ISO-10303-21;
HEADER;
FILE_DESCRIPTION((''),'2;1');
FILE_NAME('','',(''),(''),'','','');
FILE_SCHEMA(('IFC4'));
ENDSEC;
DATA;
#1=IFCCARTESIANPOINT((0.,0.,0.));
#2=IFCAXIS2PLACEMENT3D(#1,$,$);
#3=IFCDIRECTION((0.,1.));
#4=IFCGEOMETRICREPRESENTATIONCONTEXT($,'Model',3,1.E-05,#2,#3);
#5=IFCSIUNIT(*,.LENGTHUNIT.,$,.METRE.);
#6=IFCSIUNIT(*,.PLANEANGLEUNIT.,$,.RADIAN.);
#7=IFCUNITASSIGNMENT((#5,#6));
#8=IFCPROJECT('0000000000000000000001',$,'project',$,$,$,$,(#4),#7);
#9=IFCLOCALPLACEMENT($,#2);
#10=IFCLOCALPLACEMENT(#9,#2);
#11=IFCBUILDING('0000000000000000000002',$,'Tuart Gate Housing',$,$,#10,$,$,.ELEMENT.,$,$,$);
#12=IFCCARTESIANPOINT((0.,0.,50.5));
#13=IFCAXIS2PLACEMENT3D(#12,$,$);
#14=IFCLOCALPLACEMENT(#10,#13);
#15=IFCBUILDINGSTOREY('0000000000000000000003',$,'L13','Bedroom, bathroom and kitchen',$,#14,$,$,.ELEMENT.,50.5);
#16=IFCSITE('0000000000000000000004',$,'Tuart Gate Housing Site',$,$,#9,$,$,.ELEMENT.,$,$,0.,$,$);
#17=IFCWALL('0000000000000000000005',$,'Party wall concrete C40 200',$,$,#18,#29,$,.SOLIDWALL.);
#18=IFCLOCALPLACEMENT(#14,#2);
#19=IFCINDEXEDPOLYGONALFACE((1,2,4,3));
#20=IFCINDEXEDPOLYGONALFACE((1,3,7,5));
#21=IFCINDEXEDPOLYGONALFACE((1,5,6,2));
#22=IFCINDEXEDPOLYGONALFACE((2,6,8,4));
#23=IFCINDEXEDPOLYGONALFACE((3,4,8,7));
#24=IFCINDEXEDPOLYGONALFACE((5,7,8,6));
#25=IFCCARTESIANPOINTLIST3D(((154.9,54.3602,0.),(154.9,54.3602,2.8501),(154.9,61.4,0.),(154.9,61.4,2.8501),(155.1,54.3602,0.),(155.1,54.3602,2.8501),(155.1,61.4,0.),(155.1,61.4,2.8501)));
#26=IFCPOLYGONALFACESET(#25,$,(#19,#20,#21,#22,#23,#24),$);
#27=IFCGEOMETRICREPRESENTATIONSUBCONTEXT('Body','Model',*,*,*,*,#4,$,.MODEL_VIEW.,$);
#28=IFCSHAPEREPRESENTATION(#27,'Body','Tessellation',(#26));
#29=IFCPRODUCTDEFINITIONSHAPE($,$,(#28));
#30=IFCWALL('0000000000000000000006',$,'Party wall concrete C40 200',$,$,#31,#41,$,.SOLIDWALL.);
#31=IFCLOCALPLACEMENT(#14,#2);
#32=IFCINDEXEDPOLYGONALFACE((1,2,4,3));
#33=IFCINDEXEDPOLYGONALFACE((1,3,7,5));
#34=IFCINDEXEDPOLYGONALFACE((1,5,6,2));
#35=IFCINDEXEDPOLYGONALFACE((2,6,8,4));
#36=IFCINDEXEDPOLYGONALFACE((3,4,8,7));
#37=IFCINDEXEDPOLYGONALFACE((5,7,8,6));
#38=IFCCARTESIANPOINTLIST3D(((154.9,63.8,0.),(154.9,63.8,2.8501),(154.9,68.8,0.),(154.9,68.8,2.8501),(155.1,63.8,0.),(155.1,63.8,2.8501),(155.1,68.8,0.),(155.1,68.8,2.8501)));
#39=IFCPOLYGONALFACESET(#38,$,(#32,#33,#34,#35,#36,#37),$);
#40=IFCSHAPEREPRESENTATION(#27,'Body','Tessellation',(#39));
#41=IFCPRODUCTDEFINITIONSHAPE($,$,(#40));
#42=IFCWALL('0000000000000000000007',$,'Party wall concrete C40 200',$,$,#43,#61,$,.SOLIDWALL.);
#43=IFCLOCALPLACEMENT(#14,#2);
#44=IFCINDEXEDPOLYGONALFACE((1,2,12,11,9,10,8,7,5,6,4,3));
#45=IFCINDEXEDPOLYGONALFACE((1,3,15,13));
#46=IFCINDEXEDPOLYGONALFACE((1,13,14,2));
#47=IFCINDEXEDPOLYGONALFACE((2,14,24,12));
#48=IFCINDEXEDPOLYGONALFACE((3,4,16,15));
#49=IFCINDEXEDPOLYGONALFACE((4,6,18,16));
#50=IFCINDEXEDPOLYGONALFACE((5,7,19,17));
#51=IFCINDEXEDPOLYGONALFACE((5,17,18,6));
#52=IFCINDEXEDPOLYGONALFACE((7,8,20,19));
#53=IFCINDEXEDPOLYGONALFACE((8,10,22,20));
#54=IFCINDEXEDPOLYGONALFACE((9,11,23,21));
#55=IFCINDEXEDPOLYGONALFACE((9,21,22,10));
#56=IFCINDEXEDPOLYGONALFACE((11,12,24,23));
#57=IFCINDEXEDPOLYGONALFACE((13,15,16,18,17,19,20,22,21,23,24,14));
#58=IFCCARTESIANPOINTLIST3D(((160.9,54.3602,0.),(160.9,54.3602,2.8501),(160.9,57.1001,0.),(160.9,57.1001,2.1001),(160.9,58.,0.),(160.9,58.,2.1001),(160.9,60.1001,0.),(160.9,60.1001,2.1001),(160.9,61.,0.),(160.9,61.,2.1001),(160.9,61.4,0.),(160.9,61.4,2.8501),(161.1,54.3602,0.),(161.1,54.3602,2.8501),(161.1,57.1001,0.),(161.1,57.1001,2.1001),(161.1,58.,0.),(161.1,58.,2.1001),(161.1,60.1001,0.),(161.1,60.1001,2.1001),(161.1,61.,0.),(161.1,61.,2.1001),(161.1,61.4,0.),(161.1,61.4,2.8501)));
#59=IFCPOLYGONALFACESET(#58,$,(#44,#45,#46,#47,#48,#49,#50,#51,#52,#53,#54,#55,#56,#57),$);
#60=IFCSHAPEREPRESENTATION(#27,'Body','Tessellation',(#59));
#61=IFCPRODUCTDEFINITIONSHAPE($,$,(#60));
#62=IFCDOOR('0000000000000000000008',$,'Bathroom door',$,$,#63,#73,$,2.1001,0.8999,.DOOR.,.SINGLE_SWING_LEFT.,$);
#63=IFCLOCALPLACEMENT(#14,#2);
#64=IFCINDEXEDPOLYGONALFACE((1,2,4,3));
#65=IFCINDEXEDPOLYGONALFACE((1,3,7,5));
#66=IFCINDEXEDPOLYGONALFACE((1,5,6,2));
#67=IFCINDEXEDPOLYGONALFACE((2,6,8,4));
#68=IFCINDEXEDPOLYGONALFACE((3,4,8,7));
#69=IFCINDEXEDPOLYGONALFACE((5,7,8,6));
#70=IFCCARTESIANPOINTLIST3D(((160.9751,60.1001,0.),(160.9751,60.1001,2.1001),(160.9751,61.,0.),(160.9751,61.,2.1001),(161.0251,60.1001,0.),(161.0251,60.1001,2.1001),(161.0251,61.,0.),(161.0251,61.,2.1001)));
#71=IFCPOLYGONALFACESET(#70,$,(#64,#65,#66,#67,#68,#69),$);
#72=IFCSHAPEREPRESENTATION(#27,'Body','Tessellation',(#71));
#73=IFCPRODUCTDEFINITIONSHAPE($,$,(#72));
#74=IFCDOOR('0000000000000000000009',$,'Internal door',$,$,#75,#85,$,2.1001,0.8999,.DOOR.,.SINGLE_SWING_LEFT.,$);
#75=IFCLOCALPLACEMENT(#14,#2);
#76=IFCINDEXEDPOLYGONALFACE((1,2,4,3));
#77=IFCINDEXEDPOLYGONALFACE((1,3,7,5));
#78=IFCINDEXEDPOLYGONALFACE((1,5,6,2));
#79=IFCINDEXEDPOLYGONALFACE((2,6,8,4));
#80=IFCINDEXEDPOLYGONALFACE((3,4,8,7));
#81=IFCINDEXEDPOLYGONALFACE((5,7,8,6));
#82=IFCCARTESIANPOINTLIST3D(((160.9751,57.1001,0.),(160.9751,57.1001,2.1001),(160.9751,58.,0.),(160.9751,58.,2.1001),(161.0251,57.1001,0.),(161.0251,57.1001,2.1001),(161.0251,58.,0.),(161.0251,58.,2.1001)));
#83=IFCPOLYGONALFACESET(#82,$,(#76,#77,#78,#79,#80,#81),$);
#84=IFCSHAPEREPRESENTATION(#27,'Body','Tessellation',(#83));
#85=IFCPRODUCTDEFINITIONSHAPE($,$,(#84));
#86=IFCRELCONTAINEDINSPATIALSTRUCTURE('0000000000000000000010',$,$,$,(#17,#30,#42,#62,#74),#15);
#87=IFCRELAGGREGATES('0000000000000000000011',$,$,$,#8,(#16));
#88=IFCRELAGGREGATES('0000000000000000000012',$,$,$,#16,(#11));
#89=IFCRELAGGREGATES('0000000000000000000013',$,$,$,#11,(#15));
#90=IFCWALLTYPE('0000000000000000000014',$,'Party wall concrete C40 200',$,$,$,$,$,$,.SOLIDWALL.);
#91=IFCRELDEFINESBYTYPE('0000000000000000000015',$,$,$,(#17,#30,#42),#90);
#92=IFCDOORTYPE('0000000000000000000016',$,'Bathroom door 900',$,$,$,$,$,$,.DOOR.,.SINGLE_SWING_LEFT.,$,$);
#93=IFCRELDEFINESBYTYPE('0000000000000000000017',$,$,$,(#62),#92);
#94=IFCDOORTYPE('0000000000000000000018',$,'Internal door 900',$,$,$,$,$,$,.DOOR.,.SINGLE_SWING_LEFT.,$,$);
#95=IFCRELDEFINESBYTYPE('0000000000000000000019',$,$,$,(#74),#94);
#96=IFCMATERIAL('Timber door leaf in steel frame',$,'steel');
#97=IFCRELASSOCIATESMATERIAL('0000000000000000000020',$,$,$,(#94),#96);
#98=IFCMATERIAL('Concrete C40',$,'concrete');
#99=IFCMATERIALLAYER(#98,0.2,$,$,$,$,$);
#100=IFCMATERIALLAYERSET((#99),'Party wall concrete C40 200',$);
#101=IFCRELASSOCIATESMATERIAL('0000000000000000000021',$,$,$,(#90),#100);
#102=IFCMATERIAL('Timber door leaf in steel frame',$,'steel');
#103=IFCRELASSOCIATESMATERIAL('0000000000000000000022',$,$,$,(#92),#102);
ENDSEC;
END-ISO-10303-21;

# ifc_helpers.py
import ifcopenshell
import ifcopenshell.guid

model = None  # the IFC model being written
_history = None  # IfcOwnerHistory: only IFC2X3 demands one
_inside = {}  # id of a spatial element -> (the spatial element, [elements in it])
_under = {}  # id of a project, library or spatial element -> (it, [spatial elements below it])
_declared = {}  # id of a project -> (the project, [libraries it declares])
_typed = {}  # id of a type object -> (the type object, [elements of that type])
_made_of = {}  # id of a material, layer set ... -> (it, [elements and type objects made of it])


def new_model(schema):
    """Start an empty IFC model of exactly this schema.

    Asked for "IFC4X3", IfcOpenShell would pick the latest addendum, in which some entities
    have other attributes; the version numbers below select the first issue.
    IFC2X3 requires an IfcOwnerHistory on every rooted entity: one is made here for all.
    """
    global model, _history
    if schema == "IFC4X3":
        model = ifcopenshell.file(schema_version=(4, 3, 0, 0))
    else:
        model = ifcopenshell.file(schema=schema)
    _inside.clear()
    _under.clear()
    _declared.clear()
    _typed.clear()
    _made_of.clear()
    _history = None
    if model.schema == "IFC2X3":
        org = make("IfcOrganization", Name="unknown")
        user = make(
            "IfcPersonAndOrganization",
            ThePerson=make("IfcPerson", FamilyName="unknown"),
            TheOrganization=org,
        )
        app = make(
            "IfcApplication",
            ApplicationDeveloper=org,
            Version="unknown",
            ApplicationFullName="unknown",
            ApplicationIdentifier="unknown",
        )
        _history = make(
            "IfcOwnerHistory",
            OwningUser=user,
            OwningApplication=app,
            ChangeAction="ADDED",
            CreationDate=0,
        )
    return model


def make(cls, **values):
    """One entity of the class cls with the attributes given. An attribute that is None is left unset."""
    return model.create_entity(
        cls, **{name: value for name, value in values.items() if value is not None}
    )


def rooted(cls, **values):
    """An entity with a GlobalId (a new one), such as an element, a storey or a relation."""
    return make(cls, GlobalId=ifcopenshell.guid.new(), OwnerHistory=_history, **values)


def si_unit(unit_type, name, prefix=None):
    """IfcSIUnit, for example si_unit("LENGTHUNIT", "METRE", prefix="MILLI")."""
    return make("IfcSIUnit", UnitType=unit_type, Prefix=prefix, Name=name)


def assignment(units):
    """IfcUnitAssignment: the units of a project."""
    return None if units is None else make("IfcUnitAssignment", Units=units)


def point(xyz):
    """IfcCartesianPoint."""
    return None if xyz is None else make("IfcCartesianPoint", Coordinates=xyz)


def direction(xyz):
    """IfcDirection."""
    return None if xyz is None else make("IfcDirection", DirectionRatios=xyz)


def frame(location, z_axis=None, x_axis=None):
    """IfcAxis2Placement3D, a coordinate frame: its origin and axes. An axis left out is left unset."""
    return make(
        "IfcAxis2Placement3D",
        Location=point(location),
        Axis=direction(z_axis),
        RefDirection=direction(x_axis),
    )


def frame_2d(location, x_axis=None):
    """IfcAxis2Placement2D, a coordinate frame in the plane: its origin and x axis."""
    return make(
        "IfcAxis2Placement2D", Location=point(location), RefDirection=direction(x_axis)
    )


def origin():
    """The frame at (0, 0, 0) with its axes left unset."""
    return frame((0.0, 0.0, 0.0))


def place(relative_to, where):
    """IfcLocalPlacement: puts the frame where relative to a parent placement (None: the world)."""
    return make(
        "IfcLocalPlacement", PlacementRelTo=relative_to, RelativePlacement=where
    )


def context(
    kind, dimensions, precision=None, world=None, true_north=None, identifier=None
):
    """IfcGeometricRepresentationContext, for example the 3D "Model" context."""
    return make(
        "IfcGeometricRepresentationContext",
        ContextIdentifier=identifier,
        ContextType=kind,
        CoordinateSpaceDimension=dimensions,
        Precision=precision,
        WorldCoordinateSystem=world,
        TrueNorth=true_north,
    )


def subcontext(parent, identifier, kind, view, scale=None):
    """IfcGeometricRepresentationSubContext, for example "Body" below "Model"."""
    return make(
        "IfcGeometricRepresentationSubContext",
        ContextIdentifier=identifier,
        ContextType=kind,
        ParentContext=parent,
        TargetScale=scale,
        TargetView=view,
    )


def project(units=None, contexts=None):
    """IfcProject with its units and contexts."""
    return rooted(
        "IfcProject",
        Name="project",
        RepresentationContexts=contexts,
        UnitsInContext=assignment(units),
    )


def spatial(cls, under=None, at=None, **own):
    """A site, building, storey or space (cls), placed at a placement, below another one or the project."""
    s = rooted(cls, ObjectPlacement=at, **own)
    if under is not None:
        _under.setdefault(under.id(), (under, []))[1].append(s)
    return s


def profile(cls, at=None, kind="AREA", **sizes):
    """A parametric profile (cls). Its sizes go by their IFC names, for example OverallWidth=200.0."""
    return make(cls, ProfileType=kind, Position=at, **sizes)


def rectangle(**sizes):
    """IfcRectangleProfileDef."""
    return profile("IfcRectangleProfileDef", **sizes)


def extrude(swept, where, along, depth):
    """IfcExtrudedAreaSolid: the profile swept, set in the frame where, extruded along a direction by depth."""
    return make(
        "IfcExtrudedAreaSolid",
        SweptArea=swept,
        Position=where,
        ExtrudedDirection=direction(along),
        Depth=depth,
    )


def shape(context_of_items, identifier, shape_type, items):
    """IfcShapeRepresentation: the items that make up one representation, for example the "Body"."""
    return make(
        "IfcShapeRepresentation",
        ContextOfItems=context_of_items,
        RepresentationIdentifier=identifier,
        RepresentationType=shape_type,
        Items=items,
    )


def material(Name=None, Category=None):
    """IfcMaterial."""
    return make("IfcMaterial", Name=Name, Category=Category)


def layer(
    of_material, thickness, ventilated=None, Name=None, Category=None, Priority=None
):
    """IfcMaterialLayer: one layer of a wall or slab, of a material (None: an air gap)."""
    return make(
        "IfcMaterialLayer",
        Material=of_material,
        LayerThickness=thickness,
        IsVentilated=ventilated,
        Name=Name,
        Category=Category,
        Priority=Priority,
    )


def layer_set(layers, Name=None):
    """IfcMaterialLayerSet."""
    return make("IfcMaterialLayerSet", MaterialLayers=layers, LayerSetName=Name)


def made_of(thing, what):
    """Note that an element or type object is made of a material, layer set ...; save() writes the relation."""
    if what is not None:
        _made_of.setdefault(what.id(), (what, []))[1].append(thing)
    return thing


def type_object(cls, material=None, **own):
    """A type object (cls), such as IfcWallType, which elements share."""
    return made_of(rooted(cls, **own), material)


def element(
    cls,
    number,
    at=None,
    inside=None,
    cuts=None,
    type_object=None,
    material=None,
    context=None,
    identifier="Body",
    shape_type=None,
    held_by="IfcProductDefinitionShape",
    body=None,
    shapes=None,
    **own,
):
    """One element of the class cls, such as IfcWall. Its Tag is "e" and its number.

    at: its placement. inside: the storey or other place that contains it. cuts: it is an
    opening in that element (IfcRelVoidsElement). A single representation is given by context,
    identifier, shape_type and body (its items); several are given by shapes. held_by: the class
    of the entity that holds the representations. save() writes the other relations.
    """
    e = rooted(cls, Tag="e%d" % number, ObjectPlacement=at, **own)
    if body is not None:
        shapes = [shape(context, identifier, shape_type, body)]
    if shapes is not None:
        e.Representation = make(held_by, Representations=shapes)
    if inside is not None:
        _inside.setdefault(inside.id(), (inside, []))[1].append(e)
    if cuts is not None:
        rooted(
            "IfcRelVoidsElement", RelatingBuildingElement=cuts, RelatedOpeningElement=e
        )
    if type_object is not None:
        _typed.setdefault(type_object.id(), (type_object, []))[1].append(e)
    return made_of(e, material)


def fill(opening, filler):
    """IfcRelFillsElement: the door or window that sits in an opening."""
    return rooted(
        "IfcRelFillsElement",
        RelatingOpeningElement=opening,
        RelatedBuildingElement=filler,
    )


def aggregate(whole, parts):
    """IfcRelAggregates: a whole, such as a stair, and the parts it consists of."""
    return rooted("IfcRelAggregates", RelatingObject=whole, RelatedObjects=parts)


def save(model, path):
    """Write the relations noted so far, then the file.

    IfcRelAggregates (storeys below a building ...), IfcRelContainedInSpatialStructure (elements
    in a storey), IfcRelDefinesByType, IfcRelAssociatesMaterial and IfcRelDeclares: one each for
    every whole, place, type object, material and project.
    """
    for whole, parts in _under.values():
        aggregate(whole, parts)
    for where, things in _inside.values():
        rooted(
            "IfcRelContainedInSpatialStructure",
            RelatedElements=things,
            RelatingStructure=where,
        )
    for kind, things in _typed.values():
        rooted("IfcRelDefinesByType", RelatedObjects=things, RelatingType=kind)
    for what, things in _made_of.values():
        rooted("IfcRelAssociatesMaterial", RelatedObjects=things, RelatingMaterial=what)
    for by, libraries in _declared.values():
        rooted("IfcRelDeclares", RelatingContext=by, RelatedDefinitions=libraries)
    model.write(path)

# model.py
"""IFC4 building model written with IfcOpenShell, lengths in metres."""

from ifc_helpers import new_model, si_unit, direction, frame, frame_2d, origin, place, context, subcontext, project, spatial, rectangle, extrude, material, layer, layer_set, type_object, element, fill, save


model = new_model("IFC4")

# Units and contexts
model_context = context("Model", 3, precision=1e-05, world=origin(), true_north=direction((0.0, 1.0)))
body_context = subcontext(model_context, "Body", "Model", "MODEL_VIEW")
ifc_project = project(units=[si_unit("LENGTHUNIT", "METRE"), si_unit("PLANEANGLEUNIT", "RADIAN")], contexts=[model_context])

# Site, building, storey
site_placement = place(None, origin())
site = spatial("IfcSite", under=ifc_project, at=site_placement, Name="Tuart Gate Housing Site", CompositionType="ELEMENT", RefElevation=0.0)
building_placement = place(site_placement, origin())
building = spatial("IfcBuilding", under=site, at=building_placement, Name="Tuart Gate Housing", CompositionType="ELEMENT")
storey_placement = place(building_placement, frame((0.0, 0.0, 50.5)))
storey = spatial("IfcBuildingStorey", under=building, at=storey_placement, Name="L13", Description="Bedroom, bathroom and kitchen", CompositionType="ELEMENT", Elevation=50.5)

# Shared definitions
ifc_material_1 = material(Name="Timber door leaf in steel frame", Category="steel")
door_type_1 = type_object("IfcDoorType", Name="Internal door 900", OperationType="SINGLE_SWING_LEFT", PredefinedType="DOOR", material=ifc_material_1)

# Walls
ifc_material_2 = material(Name="Concrete C40", Category="concrete")
ifc_layer_1 = layer(ifc_material_2, 0.2)
ifc_layer_set_1 = layer_set([ifc_layer_1], Name="Party wall concrete C40 200")
wall_type_1 = type_object("IfcWallType", Name="Party wall concrete C40 200", PredefinedType="SOLIDWALL", material=ifc_layer_set_1)
wall_1_placement = place(storey_placement, frame((155.0, 54.3601, 0.0), z_axis=(0.0, 0.0, 1.0), x_axis=(0.0, 1.0, 0.0)))
element("IfcWall", 1, at=wall_1_placement, inside=storey, type_object=wall_type_1, Name="Party wall concrete C40 200", PredefinedType="SOLIDWALL", context=body_context, shape_type="SweptSolid", body=[
    extrude(rectangle(XDim=7.0398, YDim=0.2, at=frame_2d((3.52, 0.0))), origin(), (0.0, 0.0, 1.0), 2.8501),
])
wall_2_placement = place(storey_placement, frame((155.0, 63.8, 0.0), z_axis=(0.0, 0.0, 1.0), x_axis=(0.0, 1.0, 0.0)))
element("IfcWall", 2, at=wall_2_placement, inside=storey, type_object=wall_type_1, Name="Party wall concrete C40 200", PredefinedType="SOLIDWALL", context=body_context, shape_type="SweptSolid", body=[
    extrude(rectangle(XDim=5.0, YDim=0.2, at=frame_2d((2.5, 0.0))), origin(), (0.0, 0.0, 1.0), 2.8501),
])

# Wall, openings, doors
wall_3_placement = place(storey_placement, frame((161.0, 54.3601, 0.0), z_axis=(0.0, 0.0, 1.0), x_axis=(0.0, 1.0, 0.0)))
wall_3 = element("IfcWall", 3, at=wall_3_placement, inside=storey, type_object=wall_type_1, Name="Party wall concrete C40 200", PredefinedType="SOLIDWALL", context=body_context, shape_type="SweptSolid", body=[
    extrude(rectangle(XDim=7.0398, YDim=0.2, at=frame_2d((3.52, 0.0))), origin(), (0.0, 0.0, 1.0), 2.8501),
])
opening_1_placement = place(wall_3_placement, frame((2.74, 0.0, 0.0)))
opening_1 = element("IfcOpeningElement", 4, at=opening_1_placement, cuts=wall_3, PredefinedType="OPENING", context=body_context, shape_type="SweptSolid", body=[
    extrude(rectangle(XDim=0.8999, YDim=2.1001, at=frame_2d((0.45, 1.05))), frame((0.0, 0.1099, 0.0), z_axis=(0.0, -1.0, 0.0), x_axis=(1.0, 0.0, 0.0)), (0.0, 0.0, 1.0), 0.22),
])
opening_2_placement = place(wall_3_placement, frame((5.74, 0.0, 0.0)))
opening_2 = element("IfcOpeningElement", 5, at=opening_2_placement, cuts=wall_3, PredefinedType="OPENING", context=body_context, shape_type="SweptSolid", body=[
    extrude(rectangle(XDim=0.8999, YDim=2.1001, at=frame_2d((0.45, 1.05))), frame((0.0, 0.1099, 0.0), z_axis=(0.0, -1.0, 0.0), x_axis=(1.0, 0.0, 0.0)), (0.0, 0.0, 1.0), 0.22),
])
ifc_material_3 = material(Name="Timber door leaf in steel frame", Category="steel")
door_type_2 = type_object("IfcDoorType", Name="Bathroom door 900", OperationType="SINGLE_SWING_LEFT", PredefinedType="DOOR", material=ifc_material_3)
door_1_placement = place(opening_2_placement, frame((0.8999, 0.0, 0.0), z_axis=(0.0, 0.0, 1.0), x_axis=(-1.0, 0.0, 0.0)))
door_1 = element("IfcDoor", 6, at=door_1_placement, inside=storey, type_object=door_type_2, Name="Bathroom door", OperationType="SINGLE_SWING_LEFT", OverallHeight=2.1001, OverallWidth=0.8999, PredefinedType="DOOR", context=body_context, shape_type="SweptSolid", body=[
    extrude(rectangle(XDim=0.8999, YDim=2.1001, at=frame_2d((0.45, 1.05))), frame((0.0, 0.0251, 0.0), z_axis=(0.0, -1.0, 0.0), x_axis=(1.0, 0.0, 0.0)), (0.0, 0.0, 1.0), 0.05),
])
fill(opening_2, door_1)
door_2_placement = place(opening_1_placement, frame((0.8999, 0.0, 0.0), z_axis=(0.0, 0.0, 1.0), x_axis=(-1.0, 0.0, 0.0)))
door_2 = element("IfcDoor", 7, at=door_2_placement, inside=storey, type_object=door_type_1, Name="Internal door", OperationType="SINGLE_SWING_LEFT", OverallHeight=2.1001, OverallWidth=0.8999, PredefinedType="DOOR", context=body_context, shape_type="SweptSolid", body=[
    extrude(rectangle(XDim=0.8999, YDim=2.1001, at=frame_2d((0.45, 1.05))), frame((0.0, 0.0251, 0.0), z_axis=(0.0, -1.0, 0.0), x_axis=(1.0, 0.0, 0.0)), (0.0, 0.0, 1.0), 0.05),
])
fill(opening_1, door_2)

save(model, "model.ifc")
